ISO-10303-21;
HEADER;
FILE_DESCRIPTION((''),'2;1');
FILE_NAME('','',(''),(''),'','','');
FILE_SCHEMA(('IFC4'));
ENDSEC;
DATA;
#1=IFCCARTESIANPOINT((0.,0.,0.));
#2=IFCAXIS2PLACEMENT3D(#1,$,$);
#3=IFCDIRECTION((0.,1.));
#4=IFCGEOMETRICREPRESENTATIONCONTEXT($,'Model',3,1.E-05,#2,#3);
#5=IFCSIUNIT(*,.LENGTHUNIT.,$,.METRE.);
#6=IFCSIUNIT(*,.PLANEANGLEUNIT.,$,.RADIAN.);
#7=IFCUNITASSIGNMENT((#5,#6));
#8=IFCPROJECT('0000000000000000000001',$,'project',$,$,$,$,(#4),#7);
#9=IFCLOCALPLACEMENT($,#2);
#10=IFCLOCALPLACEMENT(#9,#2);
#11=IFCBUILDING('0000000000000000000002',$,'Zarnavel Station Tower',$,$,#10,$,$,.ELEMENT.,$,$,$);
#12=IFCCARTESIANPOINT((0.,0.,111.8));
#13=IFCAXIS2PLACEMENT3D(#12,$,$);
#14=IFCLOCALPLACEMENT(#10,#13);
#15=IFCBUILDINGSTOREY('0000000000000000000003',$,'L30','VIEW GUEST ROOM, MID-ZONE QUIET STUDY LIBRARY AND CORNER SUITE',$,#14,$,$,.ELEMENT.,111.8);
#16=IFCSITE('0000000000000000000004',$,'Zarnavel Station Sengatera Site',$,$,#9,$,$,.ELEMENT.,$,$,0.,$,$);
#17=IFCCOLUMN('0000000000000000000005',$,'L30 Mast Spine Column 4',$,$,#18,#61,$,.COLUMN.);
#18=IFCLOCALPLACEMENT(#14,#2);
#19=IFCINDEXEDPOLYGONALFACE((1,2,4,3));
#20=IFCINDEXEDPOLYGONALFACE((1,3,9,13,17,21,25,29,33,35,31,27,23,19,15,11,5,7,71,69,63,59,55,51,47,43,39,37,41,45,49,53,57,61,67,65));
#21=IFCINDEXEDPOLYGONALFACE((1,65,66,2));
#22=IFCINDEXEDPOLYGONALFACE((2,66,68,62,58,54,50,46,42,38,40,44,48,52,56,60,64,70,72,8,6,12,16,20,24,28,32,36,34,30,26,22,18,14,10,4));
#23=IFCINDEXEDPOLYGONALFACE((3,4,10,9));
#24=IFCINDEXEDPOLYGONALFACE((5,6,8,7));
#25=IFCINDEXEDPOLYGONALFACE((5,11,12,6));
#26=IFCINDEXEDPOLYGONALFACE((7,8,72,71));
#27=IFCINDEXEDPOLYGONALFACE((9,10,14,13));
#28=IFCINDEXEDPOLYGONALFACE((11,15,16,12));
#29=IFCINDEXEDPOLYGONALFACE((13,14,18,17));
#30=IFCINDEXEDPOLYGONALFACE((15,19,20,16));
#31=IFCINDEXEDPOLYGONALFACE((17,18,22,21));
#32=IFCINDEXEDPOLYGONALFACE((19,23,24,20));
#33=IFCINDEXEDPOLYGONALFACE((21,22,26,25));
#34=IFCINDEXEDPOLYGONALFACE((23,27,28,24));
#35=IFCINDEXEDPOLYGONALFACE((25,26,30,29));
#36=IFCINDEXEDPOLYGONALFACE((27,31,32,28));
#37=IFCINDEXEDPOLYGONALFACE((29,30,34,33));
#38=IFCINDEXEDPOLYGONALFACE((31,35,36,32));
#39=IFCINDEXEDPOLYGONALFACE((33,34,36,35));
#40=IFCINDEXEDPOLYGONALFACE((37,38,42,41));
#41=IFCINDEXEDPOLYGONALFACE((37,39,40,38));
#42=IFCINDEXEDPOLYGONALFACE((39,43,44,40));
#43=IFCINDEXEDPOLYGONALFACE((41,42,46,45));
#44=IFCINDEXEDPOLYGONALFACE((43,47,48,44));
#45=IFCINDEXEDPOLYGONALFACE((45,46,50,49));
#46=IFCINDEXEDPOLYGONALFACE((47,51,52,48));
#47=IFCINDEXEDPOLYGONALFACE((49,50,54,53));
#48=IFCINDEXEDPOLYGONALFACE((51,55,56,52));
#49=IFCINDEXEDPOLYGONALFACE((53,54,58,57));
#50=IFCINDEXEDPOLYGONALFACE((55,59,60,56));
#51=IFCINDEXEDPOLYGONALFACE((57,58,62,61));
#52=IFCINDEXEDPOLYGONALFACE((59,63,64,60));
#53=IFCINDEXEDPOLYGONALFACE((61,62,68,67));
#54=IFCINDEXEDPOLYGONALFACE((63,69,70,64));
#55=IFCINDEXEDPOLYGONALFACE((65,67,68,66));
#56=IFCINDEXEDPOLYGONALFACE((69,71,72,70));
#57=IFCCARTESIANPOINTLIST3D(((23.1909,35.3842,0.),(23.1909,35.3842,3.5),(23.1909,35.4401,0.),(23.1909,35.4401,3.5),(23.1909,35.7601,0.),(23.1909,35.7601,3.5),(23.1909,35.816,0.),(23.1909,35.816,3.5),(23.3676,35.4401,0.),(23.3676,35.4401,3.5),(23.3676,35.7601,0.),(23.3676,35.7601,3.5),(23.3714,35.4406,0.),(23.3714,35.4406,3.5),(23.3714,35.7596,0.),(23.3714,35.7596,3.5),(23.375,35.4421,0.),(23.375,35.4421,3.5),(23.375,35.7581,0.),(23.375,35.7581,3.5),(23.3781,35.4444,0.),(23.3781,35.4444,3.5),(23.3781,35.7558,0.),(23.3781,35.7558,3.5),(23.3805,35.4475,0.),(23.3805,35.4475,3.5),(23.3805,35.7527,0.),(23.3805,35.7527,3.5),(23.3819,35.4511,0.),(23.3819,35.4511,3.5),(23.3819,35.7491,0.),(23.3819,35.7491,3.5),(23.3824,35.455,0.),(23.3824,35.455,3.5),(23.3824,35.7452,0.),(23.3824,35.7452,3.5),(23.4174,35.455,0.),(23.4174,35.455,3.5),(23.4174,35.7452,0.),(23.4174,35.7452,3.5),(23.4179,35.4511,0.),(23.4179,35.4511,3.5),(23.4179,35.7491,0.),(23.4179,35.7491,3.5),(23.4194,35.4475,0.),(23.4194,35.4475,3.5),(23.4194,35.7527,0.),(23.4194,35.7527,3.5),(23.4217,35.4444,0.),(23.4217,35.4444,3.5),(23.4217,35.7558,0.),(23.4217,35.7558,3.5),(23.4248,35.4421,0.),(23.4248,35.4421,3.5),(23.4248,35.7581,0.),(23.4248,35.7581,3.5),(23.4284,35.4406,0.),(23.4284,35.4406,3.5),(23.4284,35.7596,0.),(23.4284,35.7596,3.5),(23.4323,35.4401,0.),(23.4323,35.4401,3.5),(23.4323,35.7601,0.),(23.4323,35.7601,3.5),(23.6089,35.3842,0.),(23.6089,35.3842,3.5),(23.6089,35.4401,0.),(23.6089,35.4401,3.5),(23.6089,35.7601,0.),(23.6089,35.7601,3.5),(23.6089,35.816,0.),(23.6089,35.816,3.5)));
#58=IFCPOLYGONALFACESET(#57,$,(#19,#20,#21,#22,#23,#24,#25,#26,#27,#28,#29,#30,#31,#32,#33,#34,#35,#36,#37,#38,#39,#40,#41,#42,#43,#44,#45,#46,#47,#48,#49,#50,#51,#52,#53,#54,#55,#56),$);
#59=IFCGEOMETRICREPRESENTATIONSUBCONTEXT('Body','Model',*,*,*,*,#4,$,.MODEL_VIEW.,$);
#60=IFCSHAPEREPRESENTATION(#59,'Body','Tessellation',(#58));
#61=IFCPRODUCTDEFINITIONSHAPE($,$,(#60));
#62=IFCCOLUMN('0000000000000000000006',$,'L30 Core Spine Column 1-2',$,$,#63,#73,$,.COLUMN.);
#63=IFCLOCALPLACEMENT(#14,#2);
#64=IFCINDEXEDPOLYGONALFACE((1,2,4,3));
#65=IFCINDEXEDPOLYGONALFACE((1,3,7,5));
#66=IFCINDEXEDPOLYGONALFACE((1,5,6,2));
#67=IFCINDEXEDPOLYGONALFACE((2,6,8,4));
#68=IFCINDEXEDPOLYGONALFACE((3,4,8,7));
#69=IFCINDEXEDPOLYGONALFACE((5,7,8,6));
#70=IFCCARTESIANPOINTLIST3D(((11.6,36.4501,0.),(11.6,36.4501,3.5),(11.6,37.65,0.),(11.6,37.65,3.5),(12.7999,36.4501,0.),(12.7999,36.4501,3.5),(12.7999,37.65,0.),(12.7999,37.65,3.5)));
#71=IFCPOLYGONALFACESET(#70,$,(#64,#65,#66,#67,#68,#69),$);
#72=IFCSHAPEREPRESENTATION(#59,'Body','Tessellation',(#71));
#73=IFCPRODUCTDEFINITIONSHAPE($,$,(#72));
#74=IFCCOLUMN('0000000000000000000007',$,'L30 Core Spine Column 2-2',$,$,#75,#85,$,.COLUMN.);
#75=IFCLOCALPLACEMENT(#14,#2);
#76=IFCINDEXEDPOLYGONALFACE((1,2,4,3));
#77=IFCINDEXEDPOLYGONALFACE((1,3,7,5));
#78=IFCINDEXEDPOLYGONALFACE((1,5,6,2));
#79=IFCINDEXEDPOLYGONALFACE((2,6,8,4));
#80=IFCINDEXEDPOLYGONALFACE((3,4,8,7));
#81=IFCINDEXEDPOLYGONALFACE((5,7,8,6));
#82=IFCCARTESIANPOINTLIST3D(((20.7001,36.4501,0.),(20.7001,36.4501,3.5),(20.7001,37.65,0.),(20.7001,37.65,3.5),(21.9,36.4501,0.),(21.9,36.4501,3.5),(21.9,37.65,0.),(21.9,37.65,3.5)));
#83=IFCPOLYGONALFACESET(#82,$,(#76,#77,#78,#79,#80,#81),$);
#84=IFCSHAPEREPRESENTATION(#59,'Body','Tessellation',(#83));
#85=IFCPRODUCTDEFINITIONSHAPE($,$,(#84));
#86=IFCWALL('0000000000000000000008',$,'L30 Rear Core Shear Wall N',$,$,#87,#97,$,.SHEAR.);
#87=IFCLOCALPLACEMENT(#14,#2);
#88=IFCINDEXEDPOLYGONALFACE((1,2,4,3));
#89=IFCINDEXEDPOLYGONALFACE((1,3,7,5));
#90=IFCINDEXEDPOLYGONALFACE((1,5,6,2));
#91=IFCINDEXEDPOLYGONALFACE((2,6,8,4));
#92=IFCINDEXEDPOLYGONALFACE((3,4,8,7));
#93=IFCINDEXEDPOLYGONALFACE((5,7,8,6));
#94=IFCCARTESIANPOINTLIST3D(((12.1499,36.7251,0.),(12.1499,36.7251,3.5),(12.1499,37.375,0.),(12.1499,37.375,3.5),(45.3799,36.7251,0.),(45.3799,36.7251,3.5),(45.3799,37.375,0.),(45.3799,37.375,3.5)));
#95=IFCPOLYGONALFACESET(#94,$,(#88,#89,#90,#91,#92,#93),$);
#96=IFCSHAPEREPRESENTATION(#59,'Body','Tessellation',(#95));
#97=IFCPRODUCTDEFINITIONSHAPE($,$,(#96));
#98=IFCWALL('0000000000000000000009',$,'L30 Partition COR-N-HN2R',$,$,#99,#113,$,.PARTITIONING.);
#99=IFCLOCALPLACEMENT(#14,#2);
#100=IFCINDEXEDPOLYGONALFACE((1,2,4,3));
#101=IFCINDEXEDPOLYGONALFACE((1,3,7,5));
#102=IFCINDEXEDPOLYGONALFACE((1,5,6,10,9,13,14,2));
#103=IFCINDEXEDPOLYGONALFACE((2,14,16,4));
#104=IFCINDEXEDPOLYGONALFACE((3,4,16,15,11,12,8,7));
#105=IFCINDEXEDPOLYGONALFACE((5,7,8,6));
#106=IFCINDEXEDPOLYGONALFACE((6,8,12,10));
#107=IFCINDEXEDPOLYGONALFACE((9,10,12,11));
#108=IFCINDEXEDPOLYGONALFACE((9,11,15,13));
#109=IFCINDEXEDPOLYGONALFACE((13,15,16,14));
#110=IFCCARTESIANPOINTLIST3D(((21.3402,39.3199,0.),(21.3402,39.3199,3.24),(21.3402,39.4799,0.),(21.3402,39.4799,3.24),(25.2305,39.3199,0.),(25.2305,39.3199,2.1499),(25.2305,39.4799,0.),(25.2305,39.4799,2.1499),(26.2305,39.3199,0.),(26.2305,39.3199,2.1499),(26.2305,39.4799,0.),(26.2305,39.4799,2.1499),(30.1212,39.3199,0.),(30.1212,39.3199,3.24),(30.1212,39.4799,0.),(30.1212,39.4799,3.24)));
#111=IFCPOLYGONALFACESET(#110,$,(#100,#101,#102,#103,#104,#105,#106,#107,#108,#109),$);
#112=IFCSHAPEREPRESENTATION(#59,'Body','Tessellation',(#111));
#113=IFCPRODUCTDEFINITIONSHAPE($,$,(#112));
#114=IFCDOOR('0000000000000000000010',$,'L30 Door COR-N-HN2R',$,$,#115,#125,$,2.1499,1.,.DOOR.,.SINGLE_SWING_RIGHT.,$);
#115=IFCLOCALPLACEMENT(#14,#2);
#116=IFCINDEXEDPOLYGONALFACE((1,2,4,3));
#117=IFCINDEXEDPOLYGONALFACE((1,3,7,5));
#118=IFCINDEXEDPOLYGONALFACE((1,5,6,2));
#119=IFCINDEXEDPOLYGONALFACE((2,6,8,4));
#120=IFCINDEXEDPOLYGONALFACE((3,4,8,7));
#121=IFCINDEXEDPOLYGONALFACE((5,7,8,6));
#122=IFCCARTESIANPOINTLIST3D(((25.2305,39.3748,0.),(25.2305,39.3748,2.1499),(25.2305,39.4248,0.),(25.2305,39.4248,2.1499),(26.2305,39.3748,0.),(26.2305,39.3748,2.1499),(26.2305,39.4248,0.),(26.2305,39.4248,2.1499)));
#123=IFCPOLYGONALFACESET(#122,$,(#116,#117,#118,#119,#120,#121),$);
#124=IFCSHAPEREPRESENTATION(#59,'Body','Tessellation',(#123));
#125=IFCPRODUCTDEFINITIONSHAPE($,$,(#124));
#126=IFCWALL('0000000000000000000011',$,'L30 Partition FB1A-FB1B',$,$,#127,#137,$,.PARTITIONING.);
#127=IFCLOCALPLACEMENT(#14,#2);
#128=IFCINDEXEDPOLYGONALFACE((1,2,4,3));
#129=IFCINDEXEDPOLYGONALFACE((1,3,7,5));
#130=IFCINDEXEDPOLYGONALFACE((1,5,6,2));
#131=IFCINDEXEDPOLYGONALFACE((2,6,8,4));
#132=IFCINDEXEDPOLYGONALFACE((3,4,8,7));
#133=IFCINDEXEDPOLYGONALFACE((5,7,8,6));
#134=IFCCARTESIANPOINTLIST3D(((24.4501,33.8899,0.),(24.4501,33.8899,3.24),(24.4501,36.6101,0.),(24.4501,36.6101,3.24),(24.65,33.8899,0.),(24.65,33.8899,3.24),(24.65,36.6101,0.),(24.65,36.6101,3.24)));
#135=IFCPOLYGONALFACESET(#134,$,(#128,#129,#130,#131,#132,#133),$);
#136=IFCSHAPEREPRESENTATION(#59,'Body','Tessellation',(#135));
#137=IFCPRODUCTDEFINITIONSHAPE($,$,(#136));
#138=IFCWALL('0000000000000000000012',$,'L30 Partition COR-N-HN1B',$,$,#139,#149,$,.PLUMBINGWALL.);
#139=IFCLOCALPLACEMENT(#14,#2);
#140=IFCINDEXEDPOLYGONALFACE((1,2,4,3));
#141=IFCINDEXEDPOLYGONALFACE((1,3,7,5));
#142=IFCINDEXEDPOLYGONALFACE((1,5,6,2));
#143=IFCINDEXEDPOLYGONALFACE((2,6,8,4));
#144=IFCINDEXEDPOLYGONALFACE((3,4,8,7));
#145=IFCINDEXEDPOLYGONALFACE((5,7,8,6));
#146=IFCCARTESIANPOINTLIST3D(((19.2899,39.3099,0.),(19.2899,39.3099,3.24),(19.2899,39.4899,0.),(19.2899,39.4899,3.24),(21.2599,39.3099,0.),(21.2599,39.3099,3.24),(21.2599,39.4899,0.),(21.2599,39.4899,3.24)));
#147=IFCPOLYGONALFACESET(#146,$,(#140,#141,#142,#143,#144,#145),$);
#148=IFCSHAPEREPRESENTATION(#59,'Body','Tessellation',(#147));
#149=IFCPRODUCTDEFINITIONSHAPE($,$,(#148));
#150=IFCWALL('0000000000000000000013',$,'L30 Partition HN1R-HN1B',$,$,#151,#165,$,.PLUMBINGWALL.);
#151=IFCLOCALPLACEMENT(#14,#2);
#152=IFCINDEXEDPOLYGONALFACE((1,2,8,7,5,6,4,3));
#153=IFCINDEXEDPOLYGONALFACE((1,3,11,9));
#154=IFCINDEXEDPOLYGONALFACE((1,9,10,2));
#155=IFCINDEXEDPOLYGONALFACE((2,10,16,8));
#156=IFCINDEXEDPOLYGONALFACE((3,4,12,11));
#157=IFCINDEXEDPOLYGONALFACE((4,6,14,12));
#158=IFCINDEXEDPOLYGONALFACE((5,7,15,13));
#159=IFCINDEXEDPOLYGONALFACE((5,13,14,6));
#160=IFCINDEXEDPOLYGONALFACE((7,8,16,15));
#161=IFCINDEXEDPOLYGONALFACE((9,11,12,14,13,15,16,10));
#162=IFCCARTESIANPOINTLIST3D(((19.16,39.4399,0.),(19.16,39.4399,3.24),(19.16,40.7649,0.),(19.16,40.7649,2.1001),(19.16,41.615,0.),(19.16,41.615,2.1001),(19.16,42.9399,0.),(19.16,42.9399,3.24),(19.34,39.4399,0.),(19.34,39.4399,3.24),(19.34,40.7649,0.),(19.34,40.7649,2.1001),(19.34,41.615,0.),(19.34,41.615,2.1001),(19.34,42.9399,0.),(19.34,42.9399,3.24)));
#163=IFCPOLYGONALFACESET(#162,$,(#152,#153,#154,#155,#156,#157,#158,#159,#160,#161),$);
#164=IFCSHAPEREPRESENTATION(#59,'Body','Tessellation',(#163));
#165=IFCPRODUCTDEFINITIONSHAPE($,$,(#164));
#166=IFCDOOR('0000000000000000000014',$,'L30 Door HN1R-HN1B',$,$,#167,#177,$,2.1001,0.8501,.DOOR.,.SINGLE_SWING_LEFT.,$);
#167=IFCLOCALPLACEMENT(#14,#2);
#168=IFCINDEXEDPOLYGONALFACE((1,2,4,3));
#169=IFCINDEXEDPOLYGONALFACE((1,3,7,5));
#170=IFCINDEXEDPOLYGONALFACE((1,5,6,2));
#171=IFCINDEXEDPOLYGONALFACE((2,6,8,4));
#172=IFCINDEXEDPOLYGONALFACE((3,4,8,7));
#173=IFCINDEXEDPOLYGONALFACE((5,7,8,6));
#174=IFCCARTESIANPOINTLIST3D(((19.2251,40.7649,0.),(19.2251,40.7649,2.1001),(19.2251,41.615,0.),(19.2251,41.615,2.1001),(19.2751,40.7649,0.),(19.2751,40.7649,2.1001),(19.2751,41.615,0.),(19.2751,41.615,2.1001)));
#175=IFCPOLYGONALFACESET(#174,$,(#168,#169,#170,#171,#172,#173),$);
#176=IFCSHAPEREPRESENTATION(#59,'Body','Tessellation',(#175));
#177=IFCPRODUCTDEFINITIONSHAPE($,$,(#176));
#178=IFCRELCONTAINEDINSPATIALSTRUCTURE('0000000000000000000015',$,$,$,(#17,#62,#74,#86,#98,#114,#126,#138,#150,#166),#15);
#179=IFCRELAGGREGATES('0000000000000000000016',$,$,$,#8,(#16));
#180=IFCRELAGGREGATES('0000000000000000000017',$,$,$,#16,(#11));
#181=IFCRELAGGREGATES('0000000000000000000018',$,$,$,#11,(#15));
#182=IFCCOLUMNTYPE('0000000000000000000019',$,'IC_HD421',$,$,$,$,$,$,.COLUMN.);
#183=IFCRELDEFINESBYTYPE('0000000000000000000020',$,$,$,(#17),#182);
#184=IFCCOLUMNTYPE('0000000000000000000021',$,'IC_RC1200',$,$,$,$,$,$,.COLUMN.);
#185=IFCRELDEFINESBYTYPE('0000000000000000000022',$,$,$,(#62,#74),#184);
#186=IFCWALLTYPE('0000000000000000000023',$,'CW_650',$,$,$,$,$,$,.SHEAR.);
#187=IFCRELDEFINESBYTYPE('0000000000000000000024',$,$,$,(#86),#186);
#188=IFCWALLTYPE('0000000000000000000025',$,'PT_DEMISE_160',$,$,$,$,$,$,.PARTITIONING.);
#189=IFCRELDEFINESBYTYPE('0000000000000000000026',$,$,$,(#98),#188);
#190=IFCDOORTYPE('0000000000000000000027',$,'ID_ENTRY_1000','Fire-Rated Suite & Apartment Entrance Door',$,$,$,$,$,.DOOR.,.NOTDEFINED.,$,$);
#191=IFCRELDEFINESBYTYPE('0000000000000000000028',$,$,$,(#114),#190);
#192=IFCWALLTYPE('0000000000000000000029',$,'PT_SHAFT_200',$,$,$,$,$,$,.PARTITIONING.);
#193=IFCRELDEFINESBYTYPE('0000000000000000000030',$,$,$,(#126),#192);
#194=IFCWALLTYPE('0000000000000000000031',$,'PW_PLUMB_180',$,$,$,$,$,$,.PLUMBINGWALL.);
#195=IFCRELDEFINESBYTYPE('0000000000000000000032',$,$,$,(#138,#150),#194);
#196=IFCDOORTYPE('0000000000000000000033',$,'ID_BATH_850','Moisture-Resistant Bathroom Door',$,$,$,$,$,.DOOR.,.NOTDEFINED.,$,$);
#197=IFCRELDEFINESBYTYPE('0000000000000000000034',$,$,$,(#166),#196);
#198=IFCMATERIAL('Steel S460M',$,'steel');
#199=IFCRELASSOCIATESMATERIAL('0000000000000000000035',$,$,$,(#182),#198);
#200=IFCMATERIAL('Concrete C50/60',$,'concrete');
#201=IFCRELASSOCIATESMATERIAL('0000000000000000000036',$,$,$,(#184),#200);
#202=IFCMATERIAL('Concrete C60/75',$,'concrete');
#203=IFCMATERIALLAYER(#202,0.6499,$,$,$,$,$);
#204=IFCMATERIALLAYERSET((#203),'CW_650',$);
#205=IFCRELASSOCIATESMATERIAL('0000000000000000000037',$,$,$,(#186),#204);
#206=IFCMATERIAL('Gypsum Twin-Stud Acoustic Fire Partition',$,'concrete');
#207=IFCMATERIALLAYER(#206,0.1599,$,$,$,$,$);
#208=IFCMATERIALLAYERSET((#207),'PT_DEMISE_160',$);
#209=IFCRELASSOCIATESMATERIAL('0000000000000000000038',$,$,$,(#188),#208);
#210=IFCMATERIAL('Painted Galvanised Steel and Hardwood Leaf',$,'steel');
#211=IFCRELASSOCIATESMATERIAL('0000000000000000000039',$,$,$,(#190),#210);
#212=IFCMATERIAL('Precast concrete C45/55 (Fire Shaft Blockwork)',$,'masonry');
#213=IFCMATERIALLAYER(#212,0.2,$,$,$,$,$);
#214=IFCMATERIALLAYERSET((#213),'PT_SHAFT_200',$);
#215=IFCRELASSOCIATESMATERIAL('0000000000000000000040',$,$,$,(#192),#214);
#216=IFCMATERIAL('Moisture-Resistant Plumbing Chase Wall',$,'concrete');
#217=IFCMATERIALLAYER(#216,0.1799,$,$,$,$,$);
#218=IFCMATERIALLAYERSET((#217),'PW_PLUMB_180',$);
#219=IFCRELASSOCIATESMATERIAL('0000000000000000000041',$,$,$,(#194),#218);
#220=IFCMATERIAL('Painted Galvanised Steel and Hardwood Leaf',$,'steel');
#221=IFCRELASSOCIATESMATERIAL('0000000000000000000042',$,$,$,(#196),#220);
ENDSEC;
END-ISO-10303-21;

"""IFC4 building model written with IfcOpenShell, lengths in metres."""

from ifc_helpers import new_model, si_unit, direction, frame, frame_2d, origin, origin_2d, place, context, subcontext, project, spatial, rectangle, i_section, extrude, material, layer, layer_set, material_profile, profile_set, type_object, element, fill, save


model = new_model("IFC4")

# Units and contexts
model_context = context("Model", 3, precision=1e-05, world=origin(), true_north=direction((0.0, 1.0)))
body_context = subcontext(model_context, "Body", "Model", "MODEL_VIEW")
ifc_project = project(units=[si_unit("LENGTHUNIT", "METRE"), si_unit("PLANEANGLEUNIT", "RADIAN")], contexts=[model_context])

# Site, building, storey
site_placement = place(None, origin())
site = spatial("IfcSite", under=ifc_project, at=site_placement, Name="Zarnavel Station Sengatera Site", CompositionType="ELEMENT", RefElevation=0.0)
building_placement = place(site_placement, origin())
building = spatial("IfcBuilding", under=site, at=building_placement, Name="Zarnavel Station Tower", CompositionType="ELEMENT")
storey_placement = place(building_placement, frame((0.0, 0.0, 111.8)))
storey = spatial("IfcBuildingStorey", under=building, at=storey_placement, Name="L30", Description="VIEW GUEST ROOM, MID-ZONE QUIET STUDY LIBRARY AND CORNER SUITE", CompositionType="ELEMENT", Elevation=111.8)

# Columns
ifc_material_1 = material(Name="Steel S460M", Category="steel")
ifc_material_profile_1 = material_profile(ifc_material_1, i_section(OverallWidth=0.418, OverallDepth=0.4319, WebThickness=0.0349, FlangeThickness=0.0559, FilletRadius=0.0149, at=origin_2d()), Name="HD400x421")
ifc_profile_set_1 = profile_set([ifc_material_profile_1], Name="Steel S460M")
column_type_1 = type_object("IfcColumnType", Name="IC_HD421", PredefinedType="COLUMN", material=ifc_profile_set_1)
column_placement = place(storey_placement, frame((23.3999, 35.6001, 0.0), z_axis=(0.0, 0.0, 1.0), x_axis=(1.0, 0.0, 0.0)))
element("IfcColumn", 1, at=column_placement, inside=storey, type_object=column_type_1, Name="L30 Mast Spine Column 4", PredefinedType="COLUMN", context=body_context, shape_type="SweptSolid", body=[
    extrude(i_section(OverallWidth=0.418, OverallDepth=0.4319, WebThickness=0.0349, FlangeThickness=0.0559, FilletRadius=0.0149, at=origin_2d()), origin(), (0.0, 0.0, 1.0), 3.5),
])
ifc_material_2 = material(Name="Concrete C50/60", Category="concrete")
ifc_material_profile_2 = material_profile(ifc_material_2, rectangle(XDim=1.2, YDim=1.2, at=origin_2d()), Name="RC1200x1200")
ifc_profile_set_2 = profile_set([ifc_material_profile_2], Name="Concrete C50/60")
column_type_2 = type_object("IfcColumnType", Name="IC_RC1200", PredefinedType="COLUMN", material=ifc_profile_set_2)
for number, where, z_axis, x_axis, name in (
    (2, (12.2, 37.05, 0.0), (0.0, 0.0, 1.0), (1.0, 0.0, 0.0), "L30 Core Spine Column 1-2"),
    (3, (21.3, 37.05, 0.0), (0.0, 0.0, 1.0), (1.0, 0.0, 0.0), "L30 Core Spine Column 2-2"),
):
    element("IfcColumn", number, at=place(storey_placement, frame(where, z_axis=z_axis, x_axis=x_axis)), inside=storey, type_object=column_type_2, Name=name, PredefinedType="COLUMN", context=body_context, shape_type="SweptSolid", body=[
        extrude(rectangle(XDim=1.2, YDim=1.2, at=origin_2d()), origin(), (0.0, 0.0, 1.0), 3.5),
    ])

# Wall
ifc_material_3 = material(Name="Concrete C60/75", Category="concrete")
ifc_layer_1 = layer(ifc_material_3, 0.6499)
ifc_layer_set_1 = layer_set([ifc_layer_1], Name="CW_650")
wall_type_1 = type_object("IfcWallType", Name="CW_650", PredefinedType="SHEAR", material=ifc_layer_set_1)
wall_1_placement = place(storey_placement, frame((12.1499, 37.05, 0.0), z_axis=(0.0, 0.0, 1.0), x_axis=(1.0, 0.0, 0.0)))
element("IfcWall", 4, at=wall_1_placement, inside=storey, type_object=wall_type_1, Name="L30 Rear Core Shear Wall N", PredefinedType="SHEAR", context=body_context, shape_type="SweptSolid", body=[
    extrude(rectangle(XDim=33.23, YDim=0.6499, at=frame_2d((16.615, 0.0))), origin(), (0.0, 0.0, 1.0), 3.5),
])

# Wall, opening, door
ifc_material_4 = material(Name="Gypsum Twin-Stud Acoustic Fire Partition", Category="concrete")
ifc_layer_2 = layer(ifc_material_4, 0.1599)
ifc_layer_set_2 = layer_set([ifc_layer_2], Name="PT_DEMISE_160")
wall_type_2 = type_object("IfcWallType", Name="PT_DEMISE_160", PredefinedType="PARTITIONING", material=ifc_layer_set_2)
wall_2_placement = place(storey_placement, frame((21.3401, 39.3999, 0.0), z_axis=(0.0, 0.0, 1.0), x_axis=(1.0, 0.0, 0.0)))
wall_2 = element("IfcWall", 5, at=wall_2_placement, inside=storey, type_object=wall_type_2, Name="L30 Partition COR-N-HN2R", PredefinedType="PARTITIONING", context=body_context, shape_type="SweptSolid", body=[
    extrude(rectangle(XDim=8.781, YDim=0.1599, at=frame_2d((4.3906, 0.0))), origin(), (0.0, 0.0, 1.0), 3.24),
])
opening_1_placement = place(wall_2_placement, frame((3.8904, 0.0, 0.0)))
opening_1 = element("IfcOpeningElement", 6, at=opening_1_placement, cuts=wall_2, PredefinedType="OPENING", context=body_context, shape_type="SweptSolid", body=[
    extrude(rectangle(XDim=1.0, YDim=2.1499, at=frame_2d((0.5, 1.075))), frame((0.0, 0.0898, 0.0), z_axis=(0.0, -1.0, 0.0), x_axis=(1.0, 0.0, 0.0)), (0.0, 0.0, 1.0), 0.1799),
])
ifc_material_5 = material(Name="Painted Galvanised Steel and Hardwood Leaf", Category="steel")
door_type_1 = type_object("IfcDoorType", Name="ID_ENTRY_1000", Description="Fire-Rated Suite & Apartment Entrance Door", OperationType="NOTDEFINED", PredefinedType="DOOR", material=ifc_material_5)
door_1_placement = place(opening_1_placement, origin())
door_1 = element("IfcDoor", 7, at=door_1_placement, inside=storey, type_object=door_type_1, Name="L30 Door COR-N-HN2R", OperationType="SINGLE_SWING_RIGHT", OverallHeight=2.1499, OverallWidth=1.0, PredefinedType="DOOR", context=body_context, shape_type="SweptSolid", body=[
    extrude(rectangle(XDim=1.0, YDim=2.1499, at=frame_2d((0.5, 1.075))), frame((0.0, 0.0249, 0.0), z_axis=(0.0, -1.0, 0.0), x_axis=(1.0, 0.0, 0.0)), (0.0, 0.0, 1.0), 0.05),
])
fill(opening_1, door_1)
ifc_material_6 = material(Name="Precast concrete C45/55 (Fire Shaft Blockwork)", Category="masonry")
ifc_layer_3 = layer(ifc_material_6, 0.2)
ifc_layer_set_3 = layer_set([ifc_layer_3], Name="PT_SHAFT_200")
wall_type_3 = type_object("IfcWallType", Name="PT_SHAFT_200", PredefinedType="PARTITIONING", material=ifc_layer_set_3)

# Walls
wall_3_placement = place(storey_placement, frame((24.55, 33.8899, 0.0), z_axis=(0.0, 0.0, 1.0), x_axis=(0.0, 1.0, 0.0)))
element("IfcWall", 8, at=wall_3_placement, inside=storey, type_object=wall_type_3, Name="L30 Partition FB1A-FB1B", PredefinedType="PARTITIONING", context=body_context, shape_type="SweptSolid", body=[
    extrude(rectangle(XDim=2.7202, YDim=0.2, at=frame_2d((1.3601, 0.0))), origin(), (0.0, 0.0, 1.0), 3.24),
])
ifc_material_7 = material(Name="Moisture-Resistant Plumbing Chase Wall", Category="concrete")
ifc_layer_4 = layer(ifc_material_7, 0.1799)
ifc_layer_set_4 = layer_set([ifc_layer_4], Name="PW_PLUMB_180")
wall_type_4 = type_object("IfcWallType", Name="PW_PLUMB_180", PredefinedType="PLUMBINGWALL", material=ifc_layer_set_4)
wall_4_placement = place(storey_placement, frame((19.29, 39.3999, 0.0), z_axis=(0.0, 0.0, 1.0), x_axis=(1.0, 0.0, 0.0)))
element("IfcWall", 9, at=wall_4_placement, inside=storey, type_object=wall_type_4, Name="L30 Partition COR-N-HN1B", PredefinedType="PLUMBINGWALL", context=body_context, shape_type="SweptSolid", body=[
    extrude(rectangle(XDim=1.97, YDim=0.1799, at=frame_2d((0.9849, 0.0))), origin(), (0.0, 0.0, 1.0), 3.24),
])

# Wall, opening, door
wall_5_placement = place(storey_placement, frame((19.25, 39.4399, 0.0), z_axis=(0.0, 0.0, 1.0), x_axis=(0.0, 1.0, 0.0)))
wall_5 = element("IfcWall", 10, at=wall_5_placement, inside=storey, type_object=wall_type_4, Name="L30 Partition HN1R-HN1B", PredefinedType="PLUMBINGWALL", context=body_context, shape_type="SweptSolid", body=[
    extrude(rectangle(XDim=3.5, YDim=0.1799, at=frame_2d((1.75, 0.0))), origin(), (0.0, 0.0, 1.0), 3.24),
])
opening_2_placement = place(wall_5_placement, frame((1.325, 0.0, 0.0)))
opening_2 = element("IfcOpeningElement", 11, at=opening_2_placement, cuts=wall_5, PredefinedType="OPENING", context=body_context, shape_type="SweptSolid", body=[
    extrude(rectangle(XDim=0.8501, YDim=2.1001, at=frame_2d((0.425, 1.05))), frame((0.0, 0.0999, 0.0), z_axis=(0.0, -1.0, 0.0), x_axis=(1.0, 0.0, 0.0)), (0.0, 0.0, 1.0), 0.2),
])
ifc_material_8 = material(Name="Painted Galvanised Steel and Hardwood Leaf", Category="steel")
door_type_2 = type_object("IfcDoorType", Name="ID_BATH_850", Description="Moisture-Resistant Bathroom Door", OperationType="NOTDEFINED", PredefinedType="DOOR", material=ifc_material_8)
door_2_placement = place(opening_2_placement, origin())
door_2 = element("IfcDoor", 12, at=door_2_placement, inside=storey, type_object=door_type_2, Name="L30 Door HN1R-HN1B", OperationType="SINGLE_SWING_LEFT", OverallHeight=2.1001, OverallWidth=0.8501, PredefinedType="DOOR", context=body_context, shape_type="SweptSolid", body=[
    extrude(rectangle(XDim=0.8501, YDim=2.1001, at=frame_2d((0.425, 1.05))), frame((0.0, 0.0249, 0.0), z_axis=(0.0, -1.0, 0.0), x_axis=(1.0, 0.0, 0.0)), (0.0, 0.0, 1.0), 0.05),
])
fill(opening_2, door_2)

save(model, "model.ifc")
